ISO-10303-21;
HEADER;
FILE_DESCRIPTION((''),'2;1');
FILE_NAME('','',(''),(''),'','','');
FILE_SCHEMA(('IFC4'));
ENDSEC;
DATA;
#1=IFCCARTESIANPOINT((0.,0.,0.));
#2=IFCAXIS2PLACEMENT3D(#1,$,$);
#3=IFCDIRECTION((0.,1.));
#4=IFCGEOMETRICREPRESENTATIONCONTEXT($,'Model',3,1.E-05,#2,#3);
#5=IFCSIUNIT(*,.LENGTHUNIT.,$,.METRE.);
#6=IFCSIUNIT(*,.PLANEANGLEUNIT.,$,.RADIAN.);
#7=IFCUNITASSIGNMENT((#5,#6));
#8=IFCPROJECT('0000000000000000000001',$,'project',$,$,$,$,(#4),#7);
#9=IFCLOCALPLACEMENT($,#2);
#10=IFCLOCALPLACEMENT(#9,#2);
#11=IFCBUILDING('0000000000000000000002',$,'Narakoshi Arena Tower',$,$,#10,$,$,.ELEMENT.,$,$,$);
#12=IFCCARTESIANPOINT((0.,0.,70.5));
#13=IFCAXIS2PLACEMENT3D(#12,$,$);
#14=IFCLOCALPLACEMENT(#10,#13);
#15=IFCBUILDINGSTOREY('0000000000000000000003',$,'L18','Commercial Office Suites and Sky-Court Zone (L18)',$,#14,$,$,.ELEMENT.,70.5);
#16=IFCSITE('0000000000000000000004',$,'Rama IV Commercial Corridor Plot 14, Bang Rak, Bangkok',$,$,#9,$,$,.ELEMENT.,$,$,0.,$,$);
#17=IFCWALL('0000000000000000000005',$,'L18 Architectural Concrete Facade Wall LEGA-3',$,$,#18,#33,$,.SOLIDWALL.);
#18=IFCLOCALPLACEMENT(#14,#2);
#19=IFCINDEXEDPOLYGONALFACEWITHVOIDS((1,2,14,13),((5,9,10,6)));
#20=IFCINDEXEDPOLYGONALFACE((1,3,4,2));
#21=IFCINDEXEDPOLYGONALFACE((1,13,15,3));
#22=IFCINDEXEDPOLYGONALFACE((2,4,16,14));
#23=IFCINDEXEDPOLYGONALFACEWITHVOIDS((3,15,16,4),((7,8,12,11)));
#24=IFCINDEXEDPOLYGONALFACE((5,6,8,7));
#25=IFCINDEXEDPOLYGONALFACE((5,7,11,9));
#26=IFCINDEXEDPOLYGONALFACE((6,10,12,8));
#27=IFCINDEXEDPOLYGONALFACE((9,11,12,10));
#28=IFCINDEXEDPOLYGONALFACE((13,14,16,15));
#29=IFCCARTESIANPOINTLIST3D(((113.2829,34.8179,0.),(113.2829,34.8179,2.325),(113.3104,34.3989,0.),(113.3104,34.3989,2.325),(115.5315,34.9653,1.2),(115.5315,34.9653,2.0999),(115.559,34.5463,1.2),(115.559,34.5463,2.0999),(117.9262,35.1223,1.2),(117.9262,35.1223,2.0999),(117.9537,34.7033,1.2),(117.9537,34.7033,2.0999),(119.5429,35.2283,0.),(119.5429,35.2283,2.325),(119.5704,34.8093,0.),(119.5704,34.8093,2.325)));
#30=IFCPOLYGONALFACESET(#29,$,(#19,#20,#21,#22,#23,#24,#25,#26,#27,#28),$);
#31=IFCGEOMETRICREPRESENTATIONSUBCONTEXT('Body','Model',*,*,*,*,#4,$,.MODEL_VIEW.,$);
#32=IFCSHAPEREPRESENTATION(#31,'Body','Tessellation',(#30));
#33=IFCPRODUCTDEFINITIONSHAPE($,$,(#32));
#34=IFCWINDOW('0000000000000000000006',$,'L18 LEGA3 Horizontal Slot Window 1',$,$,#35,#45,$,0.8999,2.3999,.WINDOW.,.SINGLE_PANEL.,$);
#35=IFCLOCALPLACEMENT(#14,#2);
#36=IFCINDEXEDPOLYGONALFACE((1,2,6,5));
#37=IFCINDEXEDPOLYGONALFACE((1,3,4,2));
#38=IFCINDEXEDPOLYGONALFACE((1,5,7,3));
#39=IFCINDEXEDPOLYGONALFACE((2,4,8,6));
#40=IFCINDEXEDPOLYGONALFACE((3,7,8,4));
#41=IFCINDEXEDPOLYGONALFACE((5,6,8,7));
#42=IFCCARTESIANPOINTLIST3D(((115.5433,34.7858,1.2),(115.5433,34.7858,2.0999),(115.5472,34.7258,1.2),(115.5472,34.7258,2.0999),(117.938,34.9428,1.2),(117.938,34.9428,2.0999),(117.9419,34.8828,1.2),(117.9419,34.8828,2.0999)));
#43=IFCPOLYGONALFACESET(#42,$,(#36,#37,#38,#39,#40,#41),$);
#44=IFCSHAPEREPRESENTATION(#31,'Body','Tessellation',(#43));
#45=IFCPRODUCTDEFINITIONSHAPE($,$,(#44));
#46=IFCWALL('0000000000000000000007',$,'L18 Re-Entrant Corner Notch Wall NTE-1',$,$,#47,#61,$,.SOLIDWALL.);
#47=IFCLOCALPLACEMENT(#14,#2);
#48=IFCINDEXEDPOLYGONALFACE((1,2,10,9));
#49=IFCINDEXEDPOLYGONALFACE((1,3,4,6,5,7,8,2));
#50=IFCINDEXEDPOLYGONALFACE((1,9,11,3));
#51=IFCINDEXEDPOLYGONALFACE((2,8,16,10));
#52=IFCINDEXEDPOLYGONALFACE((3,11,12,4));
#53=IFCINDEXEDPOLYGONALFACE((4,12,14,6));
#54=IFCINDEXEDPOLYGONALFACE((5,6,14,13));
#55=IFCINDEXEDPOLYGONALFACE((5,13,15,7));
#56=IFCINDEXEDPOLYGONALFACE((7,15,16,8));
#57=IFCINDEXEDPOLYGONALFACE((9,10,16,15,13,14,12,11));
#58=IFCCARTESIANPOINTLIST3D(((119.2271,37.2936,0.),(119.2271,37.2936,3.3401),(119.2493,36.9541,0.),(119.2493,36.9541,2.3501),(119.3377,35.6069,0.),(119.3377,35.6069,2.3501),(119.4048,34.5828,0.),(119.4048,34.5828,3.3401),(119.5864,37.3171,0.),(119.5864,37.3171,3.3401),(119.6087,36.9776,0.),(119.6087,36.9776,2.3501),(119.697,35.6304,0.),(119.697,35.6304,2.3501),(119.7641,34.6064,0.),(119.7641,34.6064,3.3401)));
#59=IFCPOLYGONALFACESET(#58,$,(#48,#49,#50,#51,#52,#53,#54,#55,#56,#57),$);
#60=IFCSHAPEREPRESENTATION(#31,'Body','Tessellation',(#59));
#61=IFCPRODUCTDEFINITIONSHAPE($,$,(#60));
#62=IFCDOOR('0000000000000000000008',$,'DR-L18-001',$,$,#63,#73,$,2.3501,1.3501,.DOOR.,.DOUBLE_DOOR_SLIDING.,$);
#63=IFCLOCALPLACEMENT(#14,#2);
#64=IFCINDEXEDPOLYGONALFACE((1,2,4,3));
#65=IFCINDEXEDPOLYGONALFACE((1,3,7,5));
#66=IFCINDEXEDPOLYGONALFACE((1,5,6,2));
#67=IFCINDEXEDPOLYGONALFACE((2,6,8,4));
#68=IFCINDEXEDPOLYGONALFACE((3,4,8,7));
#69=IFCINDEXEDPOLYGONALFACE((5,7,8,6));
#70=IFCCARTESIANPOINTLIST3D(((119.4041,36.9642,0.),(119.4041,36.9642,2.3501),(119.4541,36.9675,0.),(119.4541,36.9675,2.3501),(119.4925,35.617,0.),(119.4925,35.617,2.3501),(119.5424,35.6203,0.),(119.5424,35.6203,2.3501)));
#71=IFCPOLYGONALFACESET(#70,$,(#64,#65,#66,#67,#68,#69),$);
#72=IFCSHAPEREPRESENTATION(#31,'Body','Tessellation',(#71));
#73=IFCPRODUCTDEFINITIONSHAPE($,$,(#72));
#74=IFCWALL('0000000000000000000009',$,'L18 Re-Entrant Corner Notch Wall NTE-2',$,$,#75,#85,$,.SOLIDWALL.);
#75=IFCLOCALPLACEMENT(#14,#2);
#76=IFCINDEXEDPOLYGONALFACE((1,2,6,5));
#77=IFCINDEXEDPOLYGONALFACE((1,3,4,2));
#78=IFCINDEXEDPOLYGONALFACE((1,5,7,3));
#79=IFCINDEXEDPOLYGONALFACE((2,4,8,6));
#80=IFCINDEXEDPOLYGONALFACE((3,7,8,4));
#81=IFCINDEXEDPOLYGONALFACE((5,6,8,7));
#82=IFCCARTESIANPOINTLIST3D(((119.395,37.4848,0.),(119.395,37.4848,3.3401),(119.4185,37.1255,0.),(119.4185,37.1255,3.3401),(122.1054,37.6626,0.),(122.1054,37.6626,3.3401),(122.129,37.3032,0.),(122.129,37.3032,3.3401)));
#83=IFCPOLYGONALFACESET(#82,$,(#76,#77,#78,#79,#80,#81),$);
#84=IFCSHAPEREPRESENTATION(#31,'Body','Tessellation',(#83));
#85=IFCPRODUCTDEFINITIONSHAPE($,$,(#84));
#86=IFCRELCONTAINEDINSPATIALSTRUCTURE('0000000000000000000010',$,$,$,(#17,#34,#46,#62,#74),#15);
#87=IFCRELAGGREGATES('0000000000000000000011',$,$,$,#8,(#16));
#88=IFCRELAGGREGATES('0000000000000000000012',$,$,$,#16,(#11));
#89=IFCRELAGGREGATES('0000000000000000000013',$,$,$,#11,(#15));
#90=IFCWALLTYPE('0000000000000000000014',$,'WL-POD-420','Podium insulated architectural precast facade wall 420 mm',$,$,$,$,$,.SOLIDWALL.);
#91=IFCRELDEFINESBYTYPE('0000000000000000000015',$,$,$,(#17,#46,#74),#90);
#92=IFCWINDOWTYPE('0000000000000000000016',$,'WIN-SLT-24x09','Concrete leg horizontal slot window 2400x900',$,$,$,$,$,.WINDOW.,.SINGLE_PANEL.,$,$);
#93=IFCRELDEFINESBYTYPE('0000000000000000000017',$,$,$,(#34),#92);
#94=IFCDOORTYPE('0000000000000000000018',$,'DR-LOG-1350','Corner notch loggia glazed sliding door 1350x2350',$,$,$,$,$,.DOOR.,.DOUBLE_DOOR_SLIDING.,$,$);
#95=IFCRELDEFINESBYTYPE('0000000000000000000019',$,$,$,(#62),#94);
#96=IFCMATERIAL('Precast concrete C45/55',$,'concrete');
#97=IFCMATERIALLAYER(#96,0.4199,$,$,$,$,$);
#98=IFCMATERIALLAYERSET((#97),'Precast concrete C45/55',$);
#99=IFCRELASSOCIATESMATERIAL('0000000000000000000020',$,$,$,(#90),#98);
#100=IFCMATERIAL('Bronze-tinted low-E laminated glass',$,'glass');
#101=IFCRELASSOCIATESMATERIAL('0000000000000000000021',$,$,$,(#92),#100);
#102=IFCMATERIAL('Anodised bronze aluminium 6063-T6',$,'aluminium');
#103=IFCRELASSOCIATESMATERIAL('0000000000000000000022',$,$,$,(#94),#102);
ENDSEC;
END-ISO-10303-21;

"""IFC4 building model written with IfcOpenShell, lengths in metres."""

from ifc_helpers import new_model, si_unit, direction, frame, frame_2d, origin, place, context, subcontext, project, spatial, rectangle, extrude, material, layer, layer_set, type_object, element, fill, save


model = new_model("IFC4")

# Units and contexts
model_context = context("Model", 3, precision=1e-05, world=origin(), true_north=direction((0.0, 1.0)))
body_context = subcontext(model_context, "Body", "Model", "MODEL_VIEW")
ifc_project = project(units=[si_unit("LENGTHUNIT", "METRE"), si_unit("PLANEANGLEUNIT", "RADIAN")], contexts=[model_context])

# Site, building, storey
site_placement = place(None, origin())
site = spatial("IfcSite", under=ifc_project, at=site_placement, Name="Rama IV Commercial Corridor Plot 14, Bang Rak, Bangkok", CompositionType="ELEMENT", RefElevation=0.0)
building_placement = place(site_placement, origin())
building = spatial("IfcBuilding", under=site, at=building_placement, Name="Narakoshi Arena Tower", CompositionType="ELEMENT")
storey_placement = place(building_placement, frame((0.0, 0.0, 70.5)))
storey = spatial("IfcBuildingStorey", under=building, at=storey_placement, Name="L18", Description="Commercial Office Suites and Sky-Court Zone (L18)", CompositionType="ELEMENT", Elevation=70.5)

# Shared definitions
ifc_material_1 = material(Name="Anodised bronze aluminium 6063-T6", Category="aluminium")
ifc_material_2 = material(Name="Bronze-tinted low-E laminated glass", Category="glass")

# Shared definitions
ifc_material_3 = material(Name="Precast concrete C45/55", Category="concrete")

# Wall, opening, window
ifc_layer_1 = layer(ifc_material_3, 0.4199)
ifc_layer_set_1 = layer_set([ifc_layer_1], Name="Precast concrete C45/55")
wall_type_1 = type_object("IfcWallType", Name="WL-POD-420", Description="Podium insulated architectural precast facade wall 420 mm", PredefinedType="SOLIDWALL", material=ifc_layer_set_1)
wall_1_placement = place(storey_placement, frame((113.2966, 34.6084, 0.0), z_axis=(0.0, 0.0, 1.0), x_axis=(0.997858, 0.065419, 0.0)))
wall_1 = element("IfcWall", 1, at=wall_1_placement, inside=storey, type_object=wall_type_1, Name="L18 Architectural Concrete Facade Wall LEGA-3", PredefinedType="SOLIDWALL", context=body_context, shape_type="SweptSolid", body=[
    extrude(rectangle(XDim=6.2734, YDim=0.4199, at=frame_2d((3.1367, 0.0))), origin(), (0.0, 0.0, 1.0), 2.325),
])
opening_1_placement = place(wall_1_placement, frame((2.2534, 0.0, 1.2)))
opening_1 = element("IfcOpeningElement", 2, at=opening_1_placement, cuts=wall_1, PredefinedType="OPENING", context=body_context, shape_type="SweptSolid", body=[
    extrude(rectangle(XDim=2.3999, YDim=0.8999, at=frame_2d((1.2, 0.45))), frame((0.0, 0.22, 0.0), z_axis=(0.0, -1.0, 0.0), x_axis=(1.0, 0.0, 0.0)), (0.0, 0.0, 1.0), 0.4399),
])
window_type = type_object("IfcWindowType", Name="WIN-SLT-24x09", Description="Concrete leg horizontal slot window 2400x900", PartitioningType="SINGLE_PANEL", PredefinedType="WINDOW", material=ifc_material_2)
window_placement = place(opening_1_placement, origin())
window = element("IfcWindow", 3, at=window_placement, inside=storey, type_object=window_type, Name="L18 LEGA3 Horizontal Slot Window 1", OverallHeight=0.8999, OverallWidth=2.3999, PartitioningType="SINGLE_PANEL", PredefinedType="WINDOW", context=body_context, shape_type="SweptSolid", body=[
    extrude(rectangle(XDim=2.3999, YDim=0.8999, at=frame_2d((1.2, 0.45))), frame((0.0, 0.03, 0.0), z_axis=(0.0, -1.0, 0.0), x_axis=(1.0, 0.0, 0.0)), (0.0, 0.0, 1.0), 0.0601),
])
fill(opening_1, window)

# Wall, opening, door
wall_2_placement = place(storey_placement, frame((119.5845, 34.5945, 0.0), z_axis=(0.0, 0.0, 1.0), x_axis=(-0.065427, 0.997857, 0.0)))
wall_2 = element("IfcWall", 4, at=wall_2_placement, inside=storey, type_object=wall_type_1, Name="L18 Re-Entrant Corner Notch Wall NTE-1", PredefinedType="SOLIDWALL", context=body_context, shape_type="SweptSolid", body=[
    extrude(rectangle(XDim=2.7166, YDim=0.3601, at=frame_2d((1.3584, 0.0))), origin(), (0.0, 0.0, 1.0), 3.3401),
])
opening_2_placement = place(wall_2_placement, frame((1.0264, 0.0, 0.0)))
opening_2 = element("IfcOpeningElement", 5, at=opening_2_placement, cuts=wall_2, PredefinedType="OPENING", context=body_context, shape_type="SweptSolid", body=[
    extrude(rectangle(XDim=1.3501, YDim=2.3501, at=frame_2d((0.675, 1.175))), frame((0.0, 0.1899, 0.0), z_axis=(0.0, -1.0, 0.0), x_axis=(1.0, 0.0, 0.0)), (0.0, 0.0, 1.0), 0.3801),
])
door_type = type_object("IfcDoorType", Name="DR-LOG-1350", Description="Corner notch loggia glazed sliding door 1350x2350", OperationType="DOUBLE_DOOR_SLIDING", PredefinedType="DOOR", material=ifc_material_1)
door_placement = place(opening_2_placement, origin())
door = element("IfcDoor", 6, at=door_placement, inside=storey, type_object=door_type, Name="DR-L18-001", OperationType="DOUBLE_DOOR_SLIDING", OverallHeight=2.3501, OverallWidth=1.3501, PredefinedType="DOOR", context=body_context, shape_type="SweptSolid", body=[
    extrude(rectangle(XDim=1.3501, YDim=2.3501, at=frame_2d((0.675, 1.175))), frame((0.0, 0.0249, 0.0), z_axis=(0.0, -1.0, 0.0), x_axis=(1.0, 0.0, 0.0)), (0.0, 0.0, 1.0), 0.05),
])
fill(opening_2, door)

# Wall
wall_3_placement = place(storey_placement, frame((119.4067, 37.3052, 0.0), z_axis=(0.0, 0.0, 1.0), x_axis=(0.997857, 0.065433, 0.0)))
element("IfcWall", 7, at=wall_3_placement, inside=storey, type_object=wall_type_1, Name="L18 Re-Entrant Corner Notch Wall NTE-2", PredefinedType="SOLIDWALL", context=body_context, shape_type="SweptSolid", body=[
    extrude(rectangle(XDim=2.7163, YDim=0.3601, at=frame_2d((1.3582, 0.0))), origin(), (0.0, 0.0, 1.0), 3.3401),
])

save(model, "model.ifc")
